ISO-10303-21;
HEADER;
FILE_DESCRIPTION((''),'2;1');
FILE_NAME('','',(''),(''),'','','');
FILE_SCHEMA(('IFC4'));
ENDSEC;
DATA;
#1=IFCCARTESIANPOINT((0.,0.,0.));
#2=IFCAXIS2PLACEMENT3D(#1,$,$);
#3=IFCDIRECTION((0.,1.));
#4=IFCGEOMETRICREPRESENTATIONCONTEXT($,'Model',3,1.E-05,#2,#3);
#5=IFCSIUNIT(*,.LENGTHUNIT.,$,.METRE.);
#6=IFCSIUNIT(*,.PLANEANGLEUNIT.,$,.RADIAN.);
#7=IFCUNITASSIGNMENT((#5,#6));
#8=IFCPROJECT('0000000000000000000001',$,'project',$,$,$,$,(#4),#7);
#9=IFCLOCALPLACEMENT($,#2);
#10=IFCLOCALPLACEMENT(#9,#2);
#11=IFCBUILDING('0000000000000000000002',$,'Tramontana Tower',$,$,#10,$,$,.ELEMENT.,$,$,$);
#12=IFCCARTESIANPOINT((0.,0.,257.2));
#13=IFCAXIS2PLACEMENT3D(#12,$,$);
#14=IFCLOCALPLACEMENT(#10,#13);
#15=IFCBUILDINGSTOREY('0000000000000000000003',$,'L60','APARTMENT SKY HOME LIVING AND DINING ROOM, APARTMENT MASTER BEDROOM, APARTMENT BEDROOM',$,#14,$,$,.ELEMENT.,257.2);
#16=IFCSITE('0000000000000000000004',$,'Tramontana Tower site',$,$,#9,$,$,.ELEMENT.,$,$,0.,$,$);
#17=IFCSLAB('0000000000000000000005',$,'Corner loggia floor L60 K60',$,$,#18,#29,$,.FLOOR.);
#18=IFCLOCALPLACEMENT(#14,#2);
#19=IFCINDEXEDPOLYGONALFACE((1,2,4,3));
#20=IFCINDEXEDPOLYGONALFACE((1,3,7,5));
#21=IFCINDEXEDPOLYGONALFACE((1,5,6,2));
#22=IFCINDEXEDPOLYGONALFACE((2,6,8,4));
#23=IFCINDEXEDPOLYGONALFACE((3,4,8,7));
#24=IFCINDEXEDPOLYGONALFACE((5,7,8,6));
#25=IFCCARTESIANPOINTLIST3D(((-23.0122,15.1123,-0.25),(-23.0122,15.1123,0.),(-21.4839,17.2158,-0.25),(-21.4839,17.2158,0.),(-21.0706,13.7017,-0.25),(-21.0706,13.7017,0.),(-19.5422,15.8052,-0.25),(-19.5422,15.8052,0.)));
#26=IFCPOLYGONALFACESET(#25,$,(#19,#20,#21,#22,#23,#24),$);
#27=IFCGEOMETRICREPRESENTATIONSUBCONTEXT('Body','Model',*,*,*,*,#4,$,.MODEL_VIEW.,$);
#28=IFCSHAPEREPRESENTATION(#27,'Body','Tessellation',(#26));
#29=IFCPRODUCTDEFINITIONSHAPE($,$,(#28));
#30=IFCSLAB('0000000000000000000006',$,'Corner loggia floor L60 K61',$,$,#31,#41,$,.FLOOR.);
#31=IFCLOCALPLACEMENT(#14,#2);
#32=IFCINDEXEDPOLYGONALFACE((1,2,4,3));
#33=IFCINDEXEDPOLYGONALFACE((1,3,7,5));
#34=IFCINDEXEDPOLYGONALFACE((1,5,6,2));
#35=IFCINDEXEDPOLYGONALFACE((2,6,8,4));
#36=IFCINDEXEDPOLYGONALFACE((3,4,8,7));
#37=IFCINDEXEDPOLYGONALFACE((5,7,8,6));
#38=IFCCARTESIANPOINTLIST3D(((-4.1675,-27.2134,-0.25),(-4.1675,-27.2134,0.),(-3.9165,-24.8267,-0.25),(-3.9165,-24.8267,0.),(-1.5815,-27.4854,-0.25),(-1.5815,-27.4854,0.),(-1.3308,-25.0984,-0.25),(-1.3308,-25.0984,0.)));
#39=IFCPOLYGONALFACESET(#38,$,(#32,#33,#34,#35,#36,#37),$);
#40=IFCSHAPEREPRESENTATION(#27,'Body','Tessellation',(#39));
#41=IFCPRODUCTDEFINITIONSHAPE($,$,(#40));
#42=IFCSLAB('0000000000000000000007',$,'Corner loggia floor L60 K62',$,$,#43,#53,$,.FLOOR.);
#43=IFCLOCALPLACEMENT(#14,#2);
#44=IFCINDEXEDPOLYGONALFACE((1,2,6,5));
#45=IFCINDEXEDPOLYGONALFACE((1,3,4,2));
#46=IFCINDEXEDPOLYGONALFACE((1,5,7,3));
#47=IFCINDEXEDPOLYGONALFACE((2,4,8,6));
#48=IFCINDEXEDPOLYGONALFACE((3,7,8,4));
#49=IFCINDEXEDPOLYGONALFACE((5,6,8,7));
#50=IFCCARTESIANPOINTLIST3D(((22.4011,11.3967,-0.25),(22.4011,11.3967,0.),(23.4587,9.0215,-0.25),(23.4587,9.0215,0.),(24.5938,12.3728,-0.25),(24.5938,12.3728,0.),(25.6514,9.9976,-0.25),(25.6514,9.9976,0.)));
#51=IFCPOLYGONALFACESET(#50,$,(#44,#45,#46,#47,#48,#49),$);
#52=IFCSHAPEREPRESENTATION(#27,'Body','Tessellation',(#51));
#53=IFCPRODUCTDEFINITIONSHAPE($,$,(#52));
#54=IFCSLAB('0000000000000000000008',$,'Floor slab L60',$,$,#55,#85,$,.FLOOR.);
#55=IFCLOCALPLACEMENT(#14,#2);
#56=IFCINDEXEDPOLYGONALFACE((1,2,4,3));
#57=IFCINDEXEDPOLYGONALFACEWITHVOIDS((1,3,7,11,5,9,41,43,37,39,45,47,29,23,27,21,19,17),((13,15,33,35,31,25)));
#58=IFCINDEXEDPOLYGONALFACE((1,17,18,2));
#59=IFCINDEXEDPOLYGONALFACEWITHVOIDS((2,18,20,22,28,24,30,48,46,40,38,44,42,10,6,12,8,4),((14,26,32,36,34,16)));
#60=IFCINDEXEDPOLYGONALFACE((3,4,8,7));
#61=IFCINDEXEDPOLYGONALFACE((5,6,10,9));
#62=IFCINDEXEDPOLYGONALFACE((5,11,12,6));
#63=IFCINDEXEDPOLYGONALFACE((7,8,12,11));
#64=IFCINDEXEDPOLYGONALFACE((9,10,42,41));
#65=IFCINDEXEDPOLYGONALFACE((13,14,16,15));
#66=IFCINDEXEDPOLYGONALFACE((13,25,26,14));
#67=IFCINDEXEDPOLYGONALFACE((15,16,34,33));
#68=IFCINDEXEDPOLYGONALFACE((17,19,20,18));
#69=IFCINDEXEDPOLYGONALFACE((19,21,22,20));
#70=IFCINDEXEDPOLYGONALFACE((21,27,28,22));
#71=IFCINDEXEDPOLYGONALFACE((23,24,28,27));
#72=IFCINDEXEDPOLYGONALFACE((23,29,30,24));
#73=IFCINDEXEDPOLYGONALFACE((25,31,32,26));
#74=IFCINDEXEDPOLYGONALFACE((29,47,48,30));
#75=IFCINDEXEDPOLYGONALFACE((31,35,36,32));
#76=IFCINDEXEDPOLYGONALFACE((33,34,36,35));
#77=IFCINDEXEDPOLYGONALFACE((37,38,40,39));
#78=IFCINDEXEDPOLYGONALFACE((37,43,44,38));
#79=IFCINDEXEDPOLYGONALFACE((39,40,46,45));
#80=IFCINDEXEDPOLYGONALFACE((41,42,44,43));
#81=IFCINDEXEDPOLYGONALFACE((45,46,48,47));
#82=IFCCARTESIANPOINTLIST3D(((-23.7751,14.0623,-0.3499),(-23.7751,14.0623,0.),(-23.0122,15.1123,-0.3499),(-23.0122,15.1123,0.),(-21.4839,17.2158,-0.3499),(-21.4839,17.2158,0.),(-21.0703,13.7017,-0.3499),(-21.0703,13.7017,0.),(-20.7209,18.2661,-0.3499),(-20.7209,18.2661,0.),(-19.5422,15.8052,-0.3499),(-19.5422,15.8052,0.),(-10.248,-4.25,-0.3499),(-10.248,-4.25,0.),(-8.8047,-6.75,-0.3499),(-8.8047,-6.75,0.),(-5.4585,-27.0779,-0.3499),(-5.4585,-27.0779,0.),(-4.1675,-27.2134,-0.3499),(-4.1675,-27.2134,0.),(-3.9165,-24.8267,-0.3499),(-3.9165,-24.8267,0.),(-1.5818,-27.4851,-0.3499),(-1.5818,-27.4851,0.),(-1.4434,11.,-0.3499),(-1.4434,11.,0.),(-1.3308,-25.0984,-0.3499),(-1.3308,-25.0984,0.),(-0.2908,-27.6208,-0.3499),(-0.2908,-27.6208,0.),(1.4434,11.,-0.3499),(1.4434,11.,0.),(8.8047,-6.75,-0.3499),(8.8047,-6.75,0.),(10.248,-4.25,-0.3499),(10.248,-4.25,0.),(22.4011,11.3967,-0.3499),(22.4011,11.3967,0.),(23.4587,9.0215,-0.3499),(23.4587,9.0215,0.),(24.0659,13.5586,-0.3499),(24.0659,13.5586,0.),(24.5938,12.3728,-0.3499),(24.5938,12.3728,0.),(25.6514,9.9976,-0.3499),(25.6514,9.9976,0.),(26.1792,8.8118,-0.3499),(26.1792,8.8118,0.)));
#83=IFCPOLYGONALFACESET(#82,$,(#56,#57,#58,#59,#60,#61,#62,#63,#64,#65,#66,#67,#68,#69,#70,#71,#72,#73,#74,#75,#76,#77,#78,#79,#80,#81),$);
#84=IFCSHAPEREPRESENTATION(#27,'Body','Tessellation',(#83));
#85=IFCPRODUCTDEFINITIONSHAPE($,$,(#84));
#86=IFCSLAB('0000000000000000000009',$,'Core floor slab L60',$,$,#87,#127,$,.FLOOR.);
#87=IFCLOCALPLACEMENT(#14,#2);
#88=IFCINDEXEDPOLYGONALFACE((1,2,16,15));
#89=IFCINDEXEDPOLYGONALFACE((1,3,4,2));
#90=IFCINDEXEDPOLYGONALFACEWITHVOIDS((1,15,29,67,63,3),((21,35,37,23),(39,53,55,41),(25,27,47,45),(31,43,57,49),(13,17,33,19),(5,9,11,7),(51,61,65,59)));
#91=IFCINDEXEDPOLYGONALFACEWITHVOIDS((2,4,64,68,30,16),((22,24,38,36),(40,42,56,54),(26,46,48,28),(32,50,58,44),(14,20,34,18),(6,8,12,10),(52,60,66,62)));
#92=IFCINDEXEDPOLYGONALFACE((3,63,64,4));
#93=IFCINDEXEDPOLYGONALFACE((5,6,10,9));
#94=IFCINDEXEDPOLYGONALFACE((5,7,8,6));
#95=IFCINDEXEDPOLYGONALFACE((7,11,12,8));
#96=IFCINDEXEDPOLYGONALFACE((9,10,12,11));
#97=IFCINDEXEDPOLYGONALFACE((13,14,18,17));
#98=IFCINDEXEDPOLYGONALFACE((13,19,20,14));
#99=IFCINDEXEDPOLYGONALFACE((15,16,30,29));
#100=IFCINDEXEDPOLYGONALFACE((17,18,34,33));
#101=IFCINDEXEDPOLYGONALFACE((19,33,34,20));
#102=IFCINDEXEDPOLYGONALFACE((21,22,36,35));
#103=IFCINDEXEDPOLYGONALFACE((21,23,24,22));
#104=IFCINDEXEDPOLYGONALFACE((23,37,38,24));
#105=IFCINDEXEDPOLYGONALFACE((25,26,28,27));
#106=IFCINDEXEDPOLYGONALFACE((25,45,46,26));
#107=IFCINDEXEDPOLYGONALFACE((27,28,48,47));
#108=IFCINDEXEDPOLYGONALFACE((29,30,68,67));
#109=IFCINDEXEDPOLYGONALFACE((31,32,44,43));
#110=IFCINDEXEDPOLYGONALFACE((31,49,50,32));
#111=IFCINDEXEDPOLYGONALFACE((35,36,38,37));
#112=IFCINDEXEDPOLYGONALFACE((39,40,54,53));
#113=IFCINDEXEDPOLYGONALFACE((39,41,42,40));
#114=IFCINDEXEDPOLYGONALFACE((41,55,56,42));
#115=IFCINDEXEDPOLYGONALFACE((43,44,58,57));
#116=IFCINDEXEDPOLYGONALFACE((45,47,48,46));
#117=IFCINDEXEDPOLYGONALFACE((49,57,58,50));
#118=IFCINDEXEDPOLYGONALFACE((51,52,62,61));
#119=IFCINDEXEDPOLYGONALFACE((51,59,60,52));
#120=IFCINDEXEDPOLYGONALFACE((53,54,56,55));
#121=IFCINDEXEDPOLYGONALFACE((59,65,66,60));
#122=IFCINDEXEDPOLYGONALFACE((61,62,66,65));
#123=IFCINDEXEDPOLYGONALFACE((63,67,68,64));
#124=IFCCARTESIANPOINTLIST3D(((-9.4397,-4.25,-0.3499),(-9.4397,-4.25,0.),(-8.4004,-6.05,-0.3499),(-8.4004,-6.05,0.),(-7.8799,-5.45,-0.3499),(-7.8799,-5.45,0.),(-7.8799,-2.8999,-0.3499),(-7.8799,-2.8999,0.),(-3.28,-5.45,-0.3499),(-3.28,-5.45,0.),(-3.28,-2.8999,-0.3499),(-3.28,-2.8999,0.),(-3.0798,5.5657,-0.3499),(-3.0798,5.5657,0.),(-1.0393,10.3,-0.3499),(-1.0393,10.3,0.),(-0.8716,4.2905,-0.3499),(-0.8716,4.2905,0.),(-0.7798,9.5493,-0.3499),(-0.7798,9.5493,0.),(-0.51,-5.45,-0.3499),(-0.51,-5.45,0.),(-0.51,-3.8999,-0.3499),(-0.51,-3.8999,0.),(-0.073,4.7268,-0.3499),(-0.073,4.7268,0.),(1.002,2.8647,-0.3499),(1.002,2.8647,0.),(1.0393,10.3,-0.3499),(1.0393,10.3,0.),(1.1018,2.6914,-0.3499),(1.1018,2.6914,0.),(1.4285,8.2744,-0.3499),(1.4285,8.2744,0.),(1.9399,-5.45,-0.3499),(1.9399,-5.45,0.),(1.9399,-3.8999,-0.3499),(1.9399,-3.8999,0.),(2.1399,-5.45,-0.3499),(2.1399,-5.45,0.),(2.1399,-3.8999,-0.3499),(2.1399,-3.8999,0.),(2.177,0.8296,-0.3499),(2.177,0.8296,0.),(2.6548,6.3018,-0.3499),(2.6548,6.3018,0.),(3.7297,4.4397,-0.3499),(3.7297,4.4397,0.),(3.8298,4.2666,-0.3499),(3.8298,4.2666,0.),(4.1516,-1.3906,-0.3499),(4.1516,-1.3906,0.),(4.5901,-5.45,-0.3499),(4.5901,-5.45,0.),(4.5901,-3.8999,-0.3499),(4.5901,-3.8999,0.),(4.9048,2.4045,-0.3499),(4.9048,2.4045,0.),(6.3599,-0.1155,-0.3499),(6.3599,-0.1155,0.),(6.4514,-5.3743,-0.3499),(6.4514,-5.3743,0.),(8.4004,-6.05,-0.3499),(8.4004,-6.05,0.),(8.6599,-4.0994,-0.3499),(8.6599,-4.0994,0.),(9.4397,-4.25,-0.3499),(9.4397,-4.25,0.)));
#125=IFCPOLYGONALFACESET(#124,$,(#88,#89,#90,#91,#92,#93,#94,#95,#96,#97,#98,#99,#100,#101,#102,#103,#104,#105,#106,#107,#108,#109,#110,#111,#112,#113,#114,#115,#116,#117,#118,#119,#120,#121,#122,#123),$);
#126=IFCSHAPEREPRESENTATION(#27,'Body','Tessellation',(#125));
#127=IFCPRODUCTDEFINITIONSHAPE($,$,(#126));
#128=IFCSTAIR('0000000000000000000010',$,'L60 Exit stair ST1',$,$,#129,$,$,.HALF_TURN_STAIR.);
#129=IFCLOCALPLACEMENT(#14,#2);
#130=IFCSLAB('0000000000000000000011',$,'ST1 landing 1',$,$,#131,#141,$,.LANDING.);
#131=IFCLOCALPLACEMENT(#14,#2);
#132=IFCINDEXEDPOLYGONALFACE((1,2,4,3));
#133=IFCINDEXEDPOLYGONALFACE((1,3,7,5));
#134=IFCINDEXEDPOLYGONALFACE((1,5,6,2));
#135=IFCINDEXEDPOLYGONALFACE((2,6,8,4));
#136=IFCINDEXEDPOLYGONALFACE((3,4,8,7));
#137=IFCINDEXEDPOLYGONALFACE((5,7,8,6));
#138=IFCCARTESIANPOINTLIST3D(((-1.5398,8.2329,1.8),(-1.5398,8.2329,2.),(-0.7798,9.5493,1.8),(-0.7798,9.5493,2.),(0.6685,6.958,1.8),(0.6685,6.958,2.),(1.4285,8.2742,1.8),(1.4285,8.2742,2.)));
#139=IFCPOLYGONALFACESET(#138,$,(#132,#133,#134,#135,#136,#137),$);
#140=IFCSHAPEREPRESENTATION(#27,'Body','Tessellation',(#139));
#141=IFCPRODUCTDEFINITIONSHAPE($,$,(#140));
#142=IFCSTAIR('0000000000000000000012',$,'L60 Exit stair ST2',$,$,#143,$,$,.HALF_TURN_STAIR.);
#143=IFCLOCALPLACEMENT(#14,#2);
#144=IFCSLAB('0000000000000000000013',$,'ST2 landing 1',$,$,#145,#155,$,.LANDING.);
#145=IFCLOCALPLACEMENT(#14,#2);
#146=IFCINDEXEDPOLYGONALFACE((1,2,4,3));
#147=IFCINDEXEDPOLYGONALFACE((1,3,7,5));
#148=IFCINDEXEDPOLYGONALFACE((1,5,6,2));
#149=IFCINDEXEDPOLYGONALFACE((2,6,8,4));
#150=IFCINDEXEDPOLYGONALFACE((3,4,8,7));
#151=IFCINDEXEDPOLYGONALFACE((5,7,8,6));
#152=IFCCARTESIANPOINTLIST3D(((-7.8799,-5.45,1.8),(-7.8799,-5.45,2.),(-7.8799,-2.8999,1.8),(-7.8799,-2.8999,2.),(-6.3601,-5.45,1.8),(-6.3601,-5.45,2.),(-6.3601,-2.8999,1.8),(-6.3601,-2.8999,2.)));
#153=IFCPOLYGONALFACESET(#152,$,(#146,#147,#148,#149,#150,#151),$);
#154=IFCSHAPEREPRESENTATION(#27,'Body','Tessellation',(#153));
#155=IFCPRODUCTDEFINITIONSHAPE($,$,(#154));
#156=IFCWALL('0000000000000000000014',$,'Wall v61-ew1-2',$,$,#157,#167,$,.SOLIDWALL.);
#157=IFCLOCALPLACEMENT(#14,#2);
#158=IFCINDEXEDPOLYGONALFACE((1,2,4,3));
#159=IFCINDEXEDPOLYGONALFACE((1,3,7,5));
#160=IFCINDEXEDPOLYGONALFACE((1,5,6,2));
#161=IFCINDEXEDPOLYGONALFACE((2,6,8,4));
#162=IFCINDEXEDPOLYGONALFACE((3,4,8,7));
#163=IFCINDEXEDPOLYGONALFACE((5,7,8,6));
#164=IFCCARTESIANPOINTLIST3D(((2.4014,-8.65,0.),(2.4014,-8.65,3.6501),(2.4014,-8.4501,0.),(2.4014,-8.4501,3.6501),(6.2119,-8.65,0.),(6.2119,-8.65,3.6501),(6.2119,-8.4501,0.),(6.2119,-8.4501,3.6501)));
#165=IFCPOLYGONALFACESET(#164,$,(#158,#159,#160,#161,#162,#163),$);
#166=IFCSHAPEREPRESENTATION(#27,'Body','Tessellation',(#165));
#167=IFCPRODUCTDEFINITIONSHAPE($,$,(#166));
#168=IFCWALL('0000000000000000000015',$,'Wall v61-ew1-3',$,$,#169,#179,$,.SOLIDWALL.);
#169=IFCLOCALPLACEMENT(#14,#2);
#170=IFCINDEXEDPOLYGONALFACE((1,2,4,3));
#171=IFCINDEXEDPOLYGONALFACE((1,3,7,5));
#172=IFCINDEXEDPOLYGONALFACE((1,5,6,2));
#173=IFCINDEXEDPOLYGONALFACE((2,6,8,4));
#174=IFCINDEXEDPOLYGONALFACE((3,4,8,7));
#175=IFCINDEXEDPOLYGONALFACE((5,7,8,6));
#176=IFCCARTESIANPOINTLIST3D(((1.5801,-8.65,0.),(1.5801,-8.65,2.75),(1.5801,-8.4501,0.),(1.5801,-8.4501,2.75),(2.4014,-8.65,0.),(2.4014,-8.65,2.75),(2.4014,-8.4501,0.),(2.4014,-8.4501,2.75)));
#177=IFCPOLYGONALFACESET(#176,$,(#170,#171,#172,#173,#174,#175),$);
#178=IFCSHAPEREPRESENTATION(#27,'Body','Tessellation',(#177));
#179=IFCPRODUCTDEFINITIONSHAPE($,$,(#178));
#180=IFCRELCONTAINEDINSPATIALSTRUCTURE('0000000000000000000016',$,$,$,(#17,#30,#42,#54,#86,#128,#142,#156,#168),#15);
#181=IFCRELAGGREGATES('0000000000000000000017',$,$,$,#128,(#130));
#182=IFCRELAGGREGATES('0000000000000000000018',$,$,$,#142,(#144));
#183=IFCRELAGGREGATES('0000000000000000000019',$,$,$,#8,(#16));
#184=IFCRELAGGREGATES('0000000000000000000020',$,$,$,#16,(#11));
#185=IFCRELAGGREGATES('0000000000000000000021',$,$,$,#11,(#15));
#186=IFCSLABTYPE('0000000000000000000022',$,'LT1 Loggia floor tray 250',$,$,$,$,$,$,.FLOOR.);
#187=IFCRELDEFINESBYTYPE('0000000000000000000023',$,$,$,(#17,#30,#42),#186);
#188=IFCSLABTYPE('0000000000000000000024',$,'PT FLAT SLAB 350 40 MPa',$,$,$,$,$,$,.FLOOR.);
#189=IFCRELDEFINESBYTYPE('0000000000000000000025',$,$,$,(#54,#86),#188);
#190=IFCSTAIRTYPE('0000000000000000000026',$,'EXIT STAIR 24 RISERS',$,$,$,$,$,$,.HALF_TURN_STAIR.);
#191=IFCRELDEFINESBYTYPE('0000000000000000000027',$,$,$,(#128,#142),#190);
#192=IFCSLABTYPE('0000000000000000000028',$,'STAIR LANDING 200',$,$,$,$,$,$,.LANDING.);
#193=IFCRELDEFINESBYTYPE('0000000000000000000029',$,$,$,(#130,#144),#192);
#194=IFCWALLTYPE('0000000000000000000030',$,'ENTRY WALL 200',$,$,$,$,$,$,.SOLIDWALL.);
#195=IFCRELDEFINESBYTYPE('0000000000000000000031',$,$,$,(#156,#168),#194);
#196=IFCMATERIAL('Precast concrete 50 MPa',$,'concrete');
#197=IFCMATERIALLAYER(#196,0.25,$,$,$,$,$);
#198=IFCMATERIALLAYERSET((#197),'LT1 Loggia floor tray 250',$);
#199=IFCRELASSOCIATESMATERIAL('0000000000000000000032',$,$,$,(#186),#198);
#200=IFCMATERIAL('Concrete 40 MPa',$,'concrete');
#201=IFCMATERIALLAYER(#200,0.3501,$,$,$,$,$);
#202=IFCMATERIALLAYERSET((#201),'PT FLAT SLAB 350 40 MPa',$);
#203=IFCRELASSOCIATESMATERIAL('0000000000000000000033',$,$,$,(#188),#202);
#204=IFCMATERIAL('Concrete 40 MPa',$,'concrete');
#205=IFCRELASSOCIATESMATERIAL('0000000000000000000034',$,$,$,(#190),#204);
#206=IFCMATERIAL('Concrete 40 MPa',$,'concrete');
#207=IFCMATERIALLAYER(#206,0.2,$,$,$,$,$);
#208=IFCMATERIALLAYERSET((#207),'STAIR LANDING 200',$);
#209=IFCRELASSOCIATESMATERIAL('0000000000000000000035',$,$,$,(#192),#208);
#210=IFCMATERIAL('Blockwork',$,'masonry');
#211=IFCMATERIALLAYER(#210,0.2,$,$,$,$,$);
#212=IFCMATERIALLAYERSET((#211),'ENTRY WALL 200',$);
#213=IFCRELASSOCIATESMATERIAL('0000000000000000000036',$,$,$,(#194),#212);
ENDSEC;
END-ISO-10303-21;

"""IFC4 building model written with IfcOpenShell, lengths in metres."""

from ifc_helpers import new_model, si_unit, direction, frame, frame_2d, origin, place, context, subcontext, project, spatial, polyline, rectangle, outline, extrude, material, layer, layer_set, type_object, element, aggregate, save


model = new_model("IFC4")

# Units and contexts
model_context = context("Model", 3, precision=1e-05, world=origin(), true_north=direction((0.0, 1.0)))
body_context = subcontext(model_context, "Body", "Model", "MODEL_VIEW")
ifc_project = project(units=[si_unit("LENGTHUNIT", "METRE"), si_unit("PLANEANGLEUNIT", "RADIAN")], contexts=[model_context])

# Site, building, storey
site_placement = place(None, origin())
site = spatial("IfcSite", under=ifc_project, at=site_placement, Name="Tramontana Tower site", CompositionType="ELEMENT", RefElevation=0.0)
building_placement = place(site_placement, origin())
building = spatial("IfcBuilding", under=site, at=building_placement, Name="Tramontana Tower", CompositionType="ELEMENT")
storey_placement = place(building_placement, frame((0.0, 0.0, 257.2)))
storey = spatial("IfcBuildingStorey", under=building, at=storey_placement, Name="L60", Description="APARTMENT SKY HOME LIVING AND DINING ROOM, APARTMENT MASTER BEDROOM, APARTMENT BEDROOM", CompositionType="ELEMENT", Elevation=257.2)

# Slabs
ifc_material_1 = material(Name="Precast concrete 50 MPa", Category="concrete")
ifc_layer_1 = layer(ifc_material_1, 0.25)
ifc_layer_set_1 = layer_set([ifc_layer_1], Name="LT1 Loggia floor tray 250")
slab_type_1 = type_object("IfcSlabType", Name="LT1 Loggia floor tray 250", PredefinedType="FLOOR", material=ifc_layer_set_1)
slab_1_placement = place(storey_placement, frame((0.0, 0.0, -0.25)))
element("IfcSlab", 1, at=slab_1_placement, inside=storey, type_object=slab_type_1, Name="Corner loggia floor L60 K60", PredefinedType="FLOOR", context=body_context, shape_type="SweptSolid", body=[
    extrude(outline(polyline([(-21.4839, 17.2158), (-19.5422, 15.8052), (-21.0706, 13.7017), (-23.0122, 15.1123), (-21.4839, 17.2158)])), origin(), (0.0, 0.0, 1.0), 0.25),
])
slab_2_placement = place(storey_placement, frame((0.0, 0.0, -0.25)))
element("IfcSlab", 2, at=slab_2_placement, inside=storey, type_object=slab_type_1, Name="Corner loggia floor L60 K61", PredefinedType="FLOOR", context=body_context, shape_type="SweptSolid", body=[
    extrude(outline(polyline([(-4.1675, -27.2134), (-3.9165, -24.8267), (-1.3308, -25.0984), (-1.5815, -27.4854), (-4.1675, -27.2134)])), origin(), (0.0, 0.0, 1.0), 0.25),
])
slab_3_placement = place(storey_placement, frame((0.0, 0.0, -0.25)))
element("IfcSlab", 3, at=slab_3_placement, inside=storey, type_object=slab_type_1, Name="Corner loggia floor L60 K62", PredefinedType="FLOOR", context=body_context, shape_type="SweptSolid", body=[
    extrude(outline(polyline([(25.6514, 9.9976), (23.4587, 9.0215), (22.4011, 11.3967), (24.5938, 12.3728), (25.6514, 9.9976)])), origin(), (0.0, 0.0, 1.0), 0.25),
])
ifc_material_2 = material(Name="Concrete 40 MPa", Category="concrete")
ifc_layer_2 = layer(ifc_material_2, 0.3501)
ifc_layer_set_2 = layer_set([ifc_layer_2], Name="PT FLAT SLAB 350 40 MPa")
slab_type_2 = type_object("IfcSlabType", Name="PT FLAT SLAB 350 40 MPa", PredefinedType="FLOOR", material=ifc_layer_set_2)
slab_4_placement = place(storey_placement, frame((0.0, 0.0, -0.3499)))
element("IfcSlab", 4, at=slab_4_placement, inside=storey, type_object=slab_type_2, Name="Floor slab L60", PredefinedType="FLOOR", context=body_context, shape_type="SweptSolid", body=[
    extrude(outline(polyline([(24.5938, 12.3728), (22.4011, 11.3967), (23.4587, 9.0215), (25.6514, 9.9976), (26.1792, 8.8118), (-0.2908, -27.6208), (-1.5818, -27.4851), (-1.3308, -25.0984), (-3.9165, -24.8267), (-4.1675, -27.2134), (-5.4585, -27.0779), (-23.7751, 14.0623), (-23.0122, 15.1123), (-21.0703, 13.7017), (-19.5422, 15.8052), (-21.4839, 17.2158), (-20.7209, 18.2661), (24.0659, 13.5586), (24.5938, 12.3728)]), holes=[polyline([(-10.248, -4.25), (-8.8047, -6.75), (8.8047, -6.75), (10.248, -4.25), (1.4434, 11.0), (-1.4434, 11.0), (-10.248, -4.25)])]), origin(), (0.0, 0.0, 1.0), 0.3499),
])
slab_5_placement = place(storey_placement, frame((0.0, 0.0, -0.3499)))
element("IfcSlab", 5, at=slab_5_placement, inside=storey, type_object=slab_type_2, Name="Core floor slab L60", PredefinedType="FLOOR", context=body_context, shape_type="SweptSolid", body=[
    extrude(outline(polyline([(9.4397, -4.25), (8.4004, -6.05), (-8.4004, -6.05), (-9.4397, -4.25), (-1.0393, 10.3), (1.0393, 10.3), (9.4397, -4.25)]), holes=[polyline([(8.6599, -4.0994), (6.3599, -0.1155), (4.1516, -1.3906), (6.4514, -5.3743), (8.6599, -4.0994)]), polyline([(3.8298, 4.2666), (1.1018, 2.6914), (2.177, 0.8296), (4.9048, 2.4045), (3.8298, 4.2666)]), polyline([(4.5901, -3.8999), (2.1399, -3.8999), (2.1399, -5.45), (4.5901, -5.45), (4.5901, -3.8999)]), polyline([(2.6548, 6.3018), (-0.073, 4.7268), (1.002, 2.8647), (3.7297, 4.4397), (2.6548, 6.3018)]), polyline([(1.9399, -5.45), (1.9399, -3.8999), (-0.51, -3.8999), (-0.51, -5.45), (1.9399, -5.45)]), polyline([(-0.7798, 9.5493), (-3.0798, 5.5657), (-0.8716, 4.2905), (1.4285, 8.2744), (-0.7798, 9.5493)]), polyline([(-7.8799, -5.45), (-3.28, -5.45), (-3.28, -2.8999), (-7.8799, -2.8999), (-7.8799, -5.45)])]), origin(), (0.0, 0.0, 1.0), 0.3499),
])

# Stairs, slabs
ifc_material_3 = material(Name="Concrete 40 MPa", Category="concrete")
stair_type = type_object("IfcStairType", Name="EXIT STAIR 24 RISERS", PredefinedType="HALF_TURN_STAIR", material=ifc_material_3)
stair_1_placement = place(storey_placement, origin())
stair_1 = element("IfcStair", 6, at=stair_1_placement, inside=storey, type_object=stair_type, Name="L60 Exit stair ST1", PredefinedType="HALF_TURN_STAIR")
ifc_material_4 = material(Name="Concrete 40 MPa", Category="concrete")
ifc_layer_3 = layer(ifc_material_4, 0.2)
ifc_layer_set_3 = layer_set([ifc_layer_3], Name="STAIR LANDING 200")
slab_type_3 = type_object("IfcSlabType", Name="STAIR LANDING 200", PredefinedType="LANDING", material=ifc_layer_set_3)
slab_6_placement = place(storey_placement, frame((0.0, 0.0, 1.8)))
slab_6 = element("IfcSlab", 7, at=slab_6_placement, type_object=slab_type_3, Name="ST1 landing 1", PredefinedType="LANDING", context=body_context, shape_type="SweptSolid", body=[
    extrude(outline(polyline([(0.6685, 6.958), (1.4285, 8.2742), (-0.7798, 9.5493), (-1.5398, 8.2329), (0.6685, 6.958)])), origin(), (0.0, 0.0, 1.0), 0.2),
])
aggregate(stair_1, [slab_6])
stair_2_placement = place(storey_placement, origin())
stair_2 = element("IfcStair", 8, at=stair_2_placement, inside=storey, type_object=stair_type, Name="L60 Exit stair ST2", PredefinedType="HALF_TURN_STAIR")
slab_7_placement = place(storey_placement, frame((0.0, 0.0, 1.8)))
slab_7 = element("IfcSlab", 9, at=slab_7_placement, type_object=slab_type_3, Name="ST2 landing 1", PredefinedType="LANDING", context=body_context, shape_type="SweptSolid", body=[
    extrude(outline(polyline([(-6.3601, -2.8999), (-7.8799, -2.8999), (-7.8799, -5.45), (-6.3601, -5.45), (-6.3601, -2.8999)])), origin(), (0.0, 0.0, 1.0), 0.2),
])
aggregate(stair_2, [slab_7])

# Walls
ifc_material_5 = material(Name="Blockwork", Category="masonry")
ifc_layer_4 = layer(ifc_material_5, 0.2)
ifc_layer_set_4 = layer_set([ifc_layer_4], Name="ENTRY WALL 200")
wall_type_1 = type_object("IfcWallType", Name="ENTRY WALL 200", PredefinedType="SOLIDWALL", material=ifc_layer_set_4)
wall_1_placement = place(storey_placement, frame((6.2119, -8.55, 0.0), z_axis=(0.0, 0.0, 1.0), x_axis=(-1.0, 0.0, 0.0)))
element("IfcWall", 10, at=wall_1_placement, inside=storey, type_object=wall_type_1, Name="Wall v61-ew1-2", PredefinedType="SOLIDWALL", context=body_context, shape_type="SweptSolid", body=[
    extrude(rectangle(XDim=3.8105, YDim=0.2, at=frame_2d((1.9053, 0.0))), origin(), (0.0, 0.0, 1.0), 3.6501),
])
wall_2_placement = place(storey_placement, frame((2.4014, -8.55, 0.0), z_axis=(0.0, 0.0, 1.0), x_axis=(-1.0, 0.0, 0.0)))
element("IfcWall", 11, at=wall_2_placement, inside=storey, type_object=wall_type_1, Name="Wall v61-ew1-3", PredefinedType="SOLIDWALL", context=body_context, shape_type="SweptSolid", body=[
    extrude(rectangle(XDim=0.8213, YDim=0.2, at=frame_2d((0.4106, 0.0))), origin(), (0.0, 0.0, 1.0), 2.75),
])

save(model, "model.ifc")
